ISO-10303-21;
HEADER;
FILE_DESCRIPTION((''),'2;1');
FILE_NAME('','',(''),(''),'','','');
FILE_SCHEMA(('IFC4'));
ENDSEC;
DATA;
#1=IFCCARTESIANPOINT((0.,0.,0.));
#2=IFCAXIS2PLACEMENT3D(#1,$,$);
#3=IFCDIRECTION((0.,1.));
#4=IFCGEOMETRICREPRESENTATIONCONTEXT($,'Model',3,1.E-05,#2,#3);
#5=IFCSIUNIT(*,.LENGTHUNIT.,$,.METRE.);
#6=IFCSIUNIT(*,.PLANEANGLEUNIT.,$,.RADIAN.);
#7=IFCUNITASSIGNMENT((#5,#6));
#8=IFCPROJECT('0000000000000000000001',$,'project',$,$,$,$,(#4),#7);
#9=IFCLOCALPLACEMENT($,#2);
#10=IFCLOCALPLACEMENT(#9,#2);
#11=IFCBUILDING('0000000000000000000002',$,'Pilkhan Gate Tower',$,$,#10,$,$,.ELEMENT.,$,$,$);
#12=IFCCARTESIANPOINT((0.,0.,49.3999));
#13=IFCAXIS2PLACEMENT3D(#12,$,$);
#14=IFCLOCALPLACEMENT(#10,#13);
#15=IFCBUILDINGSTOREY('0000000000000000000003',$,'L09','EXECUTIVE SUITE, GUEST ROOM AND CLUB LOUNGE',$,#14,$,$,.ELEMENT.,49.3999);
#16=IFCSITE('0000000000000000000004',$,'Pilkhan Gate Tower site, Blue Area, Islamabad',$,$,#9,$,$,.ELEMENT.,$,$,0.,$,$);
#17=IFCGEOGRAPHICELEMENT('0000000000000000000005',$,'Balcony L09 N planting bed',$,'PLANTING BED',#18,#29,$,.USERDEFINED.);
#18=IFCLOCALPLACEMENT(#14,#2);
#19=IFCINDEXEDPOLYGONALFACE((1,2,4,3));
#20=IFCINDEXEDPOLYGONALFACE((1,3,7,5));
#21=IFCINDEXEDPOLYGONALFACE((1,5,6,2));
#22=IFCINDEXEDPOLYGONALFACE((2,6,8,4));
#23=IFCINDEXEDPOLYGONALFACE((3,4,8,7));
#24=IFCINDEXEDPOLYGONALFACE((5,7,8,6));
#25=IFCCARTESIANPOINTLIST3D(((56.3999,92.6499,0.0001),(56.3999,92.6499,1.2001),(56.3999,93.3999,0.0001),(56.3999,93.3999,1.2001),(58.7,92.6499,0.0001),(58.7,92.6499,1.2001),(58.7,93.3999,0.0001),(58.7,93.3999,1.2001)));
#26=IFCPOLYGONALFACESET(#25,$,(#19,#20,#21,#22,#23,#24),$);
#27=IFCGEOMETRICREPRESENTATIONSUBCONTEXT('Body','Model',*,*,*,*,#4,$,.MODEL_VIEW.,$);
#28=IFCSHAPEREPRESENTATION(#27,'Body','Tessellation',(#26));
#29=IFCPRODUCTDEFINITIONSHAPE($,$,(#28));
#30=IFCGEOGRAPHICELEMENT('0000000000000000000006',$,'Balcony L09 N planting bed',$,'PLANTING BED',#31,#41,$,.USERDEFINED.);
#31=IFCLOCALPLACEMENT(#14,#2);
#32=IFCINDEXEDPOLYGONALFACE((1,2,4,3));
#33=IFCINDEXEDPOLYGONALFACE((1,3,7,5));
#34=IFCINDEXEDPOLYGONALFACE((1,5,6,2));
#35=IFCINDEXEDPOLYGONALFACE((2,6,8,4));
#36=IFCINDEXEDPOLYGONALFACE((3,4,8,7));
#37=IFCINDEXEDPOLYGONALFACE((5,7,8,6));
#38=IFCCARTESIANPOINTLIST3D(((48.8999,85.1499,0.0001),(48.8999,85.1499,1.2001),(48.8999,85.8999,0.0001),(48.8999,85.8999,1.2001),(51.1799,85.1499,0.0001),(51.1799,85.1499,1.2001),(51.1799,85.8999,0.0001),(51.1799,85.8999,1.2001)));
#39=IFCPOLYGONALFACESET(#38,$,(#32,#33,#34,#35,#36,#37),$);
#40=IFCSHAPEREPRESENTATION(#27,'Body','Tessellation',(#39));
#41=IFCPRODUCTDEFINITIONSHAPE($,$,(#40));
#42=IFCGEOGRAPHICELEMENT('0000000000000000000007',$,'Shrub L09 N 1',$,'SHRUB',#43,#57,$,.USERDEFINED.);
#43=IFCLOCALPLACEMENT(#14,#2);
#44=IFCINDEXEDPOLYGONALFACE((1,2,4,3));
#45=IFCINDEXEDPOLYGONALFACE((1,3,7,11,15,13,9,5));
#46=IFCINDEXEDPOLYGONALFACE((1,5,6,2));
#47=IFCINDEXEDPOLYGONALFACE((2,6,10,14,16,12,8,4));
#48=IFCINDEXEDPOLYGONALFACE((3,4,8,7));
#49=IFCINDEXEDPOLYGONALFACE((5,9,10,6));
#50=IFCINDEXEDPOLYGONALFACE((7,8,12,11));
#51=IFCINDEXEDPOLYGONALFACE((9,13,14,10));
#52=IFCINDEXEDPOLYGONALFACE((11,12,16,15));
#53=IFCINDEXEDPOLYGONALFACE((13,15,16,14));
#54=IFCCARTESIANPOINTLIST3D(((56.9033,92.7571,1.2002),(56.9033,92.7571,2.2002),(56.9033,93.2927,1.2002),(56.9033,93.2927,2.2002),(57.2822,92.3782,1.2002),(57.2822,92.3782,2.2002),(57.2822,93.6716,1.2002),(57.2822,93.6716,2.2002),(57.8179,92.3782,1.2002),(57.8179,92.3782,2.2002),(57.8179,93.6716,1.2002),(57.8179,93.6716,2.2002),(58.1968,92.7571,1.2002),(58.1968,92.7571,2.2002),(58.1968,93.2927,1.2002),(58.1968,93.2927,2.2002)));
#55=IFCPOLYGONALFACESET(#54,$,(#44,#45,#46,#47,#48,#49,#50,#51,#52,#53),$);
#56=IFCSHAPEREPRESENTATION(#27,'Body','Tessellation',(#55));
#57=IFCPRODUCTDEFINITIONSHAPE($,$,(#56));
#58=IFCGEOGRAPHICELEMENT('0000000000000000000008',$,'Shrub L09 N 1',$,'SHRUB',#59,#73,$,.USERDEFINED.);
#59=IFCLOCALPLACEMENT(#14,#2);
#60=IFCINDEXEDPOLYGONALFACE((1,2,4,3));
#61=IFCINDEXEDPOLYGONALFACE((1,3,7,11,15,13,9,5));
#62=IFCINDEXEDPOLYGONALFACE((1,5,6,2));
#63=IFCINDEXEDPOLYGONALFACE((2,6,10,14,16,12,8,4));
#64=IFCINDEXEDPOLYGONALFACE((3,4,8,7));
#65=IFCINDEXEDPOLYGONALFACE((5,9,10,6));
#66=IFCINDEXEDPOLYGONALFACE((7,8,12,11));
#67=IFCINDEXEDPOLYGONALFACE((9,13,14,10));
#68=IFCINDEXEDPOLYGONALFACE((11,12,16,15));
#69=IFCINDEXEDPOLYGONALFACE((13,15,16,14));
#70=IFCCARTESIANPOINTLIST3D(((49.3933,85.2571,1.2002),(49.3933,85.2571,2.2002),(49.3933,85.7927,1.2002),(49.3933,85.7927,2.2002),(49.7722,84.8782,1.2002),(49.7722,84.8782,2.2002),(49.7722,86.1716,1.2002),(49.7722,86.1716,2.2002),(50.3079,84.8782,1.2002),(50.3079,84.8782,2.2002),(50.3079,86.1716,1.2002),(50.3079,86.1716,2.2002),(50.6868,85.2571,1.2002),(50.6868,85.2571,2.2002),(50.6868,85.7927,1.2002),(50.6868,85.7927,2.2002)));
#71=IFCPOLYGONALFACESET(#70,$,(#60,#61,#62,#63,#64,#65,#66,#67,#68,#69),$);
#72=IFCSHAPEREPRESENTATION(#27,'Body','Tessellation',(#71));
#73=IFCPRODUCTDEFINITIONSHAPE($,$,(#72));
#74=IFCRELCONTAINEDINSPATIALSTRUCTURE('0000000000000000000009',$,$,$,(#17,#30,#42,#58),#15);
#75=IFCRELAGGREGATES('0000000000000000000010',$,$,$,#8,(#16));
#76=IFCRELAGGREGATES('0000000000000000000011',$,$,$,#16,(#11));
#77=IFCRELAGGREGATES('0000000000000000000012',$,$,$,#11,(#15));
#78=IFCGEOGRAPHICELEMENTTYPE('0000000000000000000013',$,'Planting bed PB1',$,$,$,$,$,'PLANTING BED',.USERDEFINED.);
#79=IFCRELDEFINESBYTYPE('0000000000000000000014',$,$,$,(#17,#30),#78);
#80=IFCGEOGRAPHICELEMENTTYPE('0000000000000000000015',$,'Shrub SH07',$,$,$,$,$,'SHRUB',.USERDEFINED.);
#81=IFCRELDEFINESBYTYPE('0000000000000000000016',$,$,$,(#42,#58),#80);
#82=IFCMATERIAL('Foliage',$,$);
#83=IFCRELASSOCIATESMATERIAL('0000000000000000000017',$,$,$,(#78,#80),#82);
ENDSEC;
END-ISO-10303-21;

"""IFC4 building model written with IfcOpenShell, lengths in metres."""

from ifc_helpers import new_model, si_unit, direction, frame, origin, origin_2d, place, context, subcontext, project, spatial, polyline, rectangle, outline, extrude, material, material_profile, profile_set, type_object, element, save


model = new_model("IFC4")

# Units and contexts
model_context = context("Model", 3, precision=1e-05, world=origin(), true_north=direction((0.0, 1.0)))
body_context = subcontext(model_context, "Body", "Model", "MODEL_VIEW")
ifc_project = project(units=[si_unit("LENGTHUNIT", "METRE"), si_unit("PLANEANGLEUNIT", "RADIAN")], contexts=[model_context])

# Site, building, storey
site_placement = place(None, origin())
site = spatial("IfcSite", under=ifc_project, at=site_placement, Name="Pilkhan Gate Tower site, Blue Area, Islamabad", CompositionType="ELEMENT", RefElevation=0.0)
building_placement = place(site_placement, origin())
building = spatial("IfcBuilding", under=site, at=building_placement, Name="Pilkhan Gate Tower", CompositionType="ELEMENT")
storey_placement = place(building_placement, frame((0.0, 0.0, 49.3999)))
storey = spatial("IfcBuildingStorey", under=building, at=storey_placement, Name="L09", Description="EXECUTIVE SUITE, GUEST ROOM AND CLUB LOUNGE", CompositionType="ELEMENT", Elevation=49.3999)

# Geographic elements
ifc_material_1 = material(Name="Foliage")
ifc_material_profile_1 = material_profile(ifc_material_1, rectangle(XDim=0.75, YDim=1.2, at=origin_2d()), Name="Bed 750x1200")
ifc_profile_set_1 = profile_set([ifc_material_profile_1], Name="Foliage")
geographic_element_type_1 = type_object("IfcGeographicElementType", Name="Planting bed PB1", ElementType="PLANTING BED", PredefinedType="USERDEFINED", material=ifc_profile_set_1)
geographic_element_1_placement = place(storey_placement, frame((56.3999, 93.0249, 0.6001), z_axis=(1.0, 0.0, 0.0), x_axis=(0.0, 1.0, 0.0)))
element("IfcGeographicElement", 1, at=geographic_element_1_placement, inside=storey, type_object=geographic_element_type_1, Name="Balcony L09 N planting bed", ObjectType="PLANTING BED", PredefinedType="USERDEFINED", context=body_context, shape_type="SweptSolid", body=[
    extrude(rectangle(XDim=0.75, YDim=1.2, at=origin_2d()), origin(), (0.0, 0.0, 1.0), 2.3),
])
geographic_element_2_placement = place(storey_placement, frame((48.8999, 85.5249, 0.6001), z_axis=(1.0, 0.0, 0.0), x_axis=(0.0, 1.0, 0.0)))
element("IfcGeographicElement", 2, at=geographic_element_2_placement, inside=storey, type_object=geographic_element_type_1, Name="Balcony L09 N planting bed", ObjectType="PLANTING BED", PredefinedType="USERDEFINED", context=body_context, shape_type="SweptSolid", body=[
    extrude(rectangle(XDim=0.75, YDim=1.2, at=origin_2d()), origin(), (0.0, 0.0, 1.0), 2.28),
])
ifc_material_profile_2 = material_profile(ifc_material_1, outline(polyline([(0.6467, 0.2678), (0.2678, 0.6467), (-0.2678, 0.6467), (-0.6467, 0.2678), (-0.6467, -0.2678), (-0.2678, -0.6467), (0.2678, -0.6467), (0.6467, -0.2678), (0.6467, 0.2678)])), Name="Shrub D1.4")
ifc_profile_set_2 = profile_set([ifc_material_profile_2], Name="Foliage")
geographic_element_type_2 = type_object("IfcGeographicElementType", Name="Shrub SH07", ElementType="SHRUB", PredefinedType="USERDEFINED", material=ifc_profile_set_2)
for number, where, z_axis, x_axis, name in (
    (3, (57.55, 93.0249, 1.2002), (0.0, 0.0, 1.0), (1.0, 0.0, 0.0), "Shrub L09 N 1"),
    (4, (50.04, 85.5249, 1.2002), (0.0, 0.0, 1.0), (1.0, 0.0, 0.0), "Shrub L09 N 1"),
):
    element("IfcGeographicElement", number, at=place(storey_placement, frame(where, z_axis=z_axis, x_axis=x_axis)), inside=storey, type_object=geographic_element_type_2, Name=name, ObjectType="SHRUB", PredefinedType="USERDEFINED", context=body_context, shape_type="SweptSolid", body=[
        extrude(outline(polyline([(0.6467, 0.2678), (0.2678, 0.6467), (-0.2678, 0.6467), (-0.6467, 0.2678), (-0.6467, -0.2678), (-0.2678, -0.6467), (0.2678, -0.6467), (0.6467, -0.2678), (0.6467, 0.2678)])), origin(), (0.0, 0.0, 1.0), 1.0),
    ])

save(model, "model.ifc")
